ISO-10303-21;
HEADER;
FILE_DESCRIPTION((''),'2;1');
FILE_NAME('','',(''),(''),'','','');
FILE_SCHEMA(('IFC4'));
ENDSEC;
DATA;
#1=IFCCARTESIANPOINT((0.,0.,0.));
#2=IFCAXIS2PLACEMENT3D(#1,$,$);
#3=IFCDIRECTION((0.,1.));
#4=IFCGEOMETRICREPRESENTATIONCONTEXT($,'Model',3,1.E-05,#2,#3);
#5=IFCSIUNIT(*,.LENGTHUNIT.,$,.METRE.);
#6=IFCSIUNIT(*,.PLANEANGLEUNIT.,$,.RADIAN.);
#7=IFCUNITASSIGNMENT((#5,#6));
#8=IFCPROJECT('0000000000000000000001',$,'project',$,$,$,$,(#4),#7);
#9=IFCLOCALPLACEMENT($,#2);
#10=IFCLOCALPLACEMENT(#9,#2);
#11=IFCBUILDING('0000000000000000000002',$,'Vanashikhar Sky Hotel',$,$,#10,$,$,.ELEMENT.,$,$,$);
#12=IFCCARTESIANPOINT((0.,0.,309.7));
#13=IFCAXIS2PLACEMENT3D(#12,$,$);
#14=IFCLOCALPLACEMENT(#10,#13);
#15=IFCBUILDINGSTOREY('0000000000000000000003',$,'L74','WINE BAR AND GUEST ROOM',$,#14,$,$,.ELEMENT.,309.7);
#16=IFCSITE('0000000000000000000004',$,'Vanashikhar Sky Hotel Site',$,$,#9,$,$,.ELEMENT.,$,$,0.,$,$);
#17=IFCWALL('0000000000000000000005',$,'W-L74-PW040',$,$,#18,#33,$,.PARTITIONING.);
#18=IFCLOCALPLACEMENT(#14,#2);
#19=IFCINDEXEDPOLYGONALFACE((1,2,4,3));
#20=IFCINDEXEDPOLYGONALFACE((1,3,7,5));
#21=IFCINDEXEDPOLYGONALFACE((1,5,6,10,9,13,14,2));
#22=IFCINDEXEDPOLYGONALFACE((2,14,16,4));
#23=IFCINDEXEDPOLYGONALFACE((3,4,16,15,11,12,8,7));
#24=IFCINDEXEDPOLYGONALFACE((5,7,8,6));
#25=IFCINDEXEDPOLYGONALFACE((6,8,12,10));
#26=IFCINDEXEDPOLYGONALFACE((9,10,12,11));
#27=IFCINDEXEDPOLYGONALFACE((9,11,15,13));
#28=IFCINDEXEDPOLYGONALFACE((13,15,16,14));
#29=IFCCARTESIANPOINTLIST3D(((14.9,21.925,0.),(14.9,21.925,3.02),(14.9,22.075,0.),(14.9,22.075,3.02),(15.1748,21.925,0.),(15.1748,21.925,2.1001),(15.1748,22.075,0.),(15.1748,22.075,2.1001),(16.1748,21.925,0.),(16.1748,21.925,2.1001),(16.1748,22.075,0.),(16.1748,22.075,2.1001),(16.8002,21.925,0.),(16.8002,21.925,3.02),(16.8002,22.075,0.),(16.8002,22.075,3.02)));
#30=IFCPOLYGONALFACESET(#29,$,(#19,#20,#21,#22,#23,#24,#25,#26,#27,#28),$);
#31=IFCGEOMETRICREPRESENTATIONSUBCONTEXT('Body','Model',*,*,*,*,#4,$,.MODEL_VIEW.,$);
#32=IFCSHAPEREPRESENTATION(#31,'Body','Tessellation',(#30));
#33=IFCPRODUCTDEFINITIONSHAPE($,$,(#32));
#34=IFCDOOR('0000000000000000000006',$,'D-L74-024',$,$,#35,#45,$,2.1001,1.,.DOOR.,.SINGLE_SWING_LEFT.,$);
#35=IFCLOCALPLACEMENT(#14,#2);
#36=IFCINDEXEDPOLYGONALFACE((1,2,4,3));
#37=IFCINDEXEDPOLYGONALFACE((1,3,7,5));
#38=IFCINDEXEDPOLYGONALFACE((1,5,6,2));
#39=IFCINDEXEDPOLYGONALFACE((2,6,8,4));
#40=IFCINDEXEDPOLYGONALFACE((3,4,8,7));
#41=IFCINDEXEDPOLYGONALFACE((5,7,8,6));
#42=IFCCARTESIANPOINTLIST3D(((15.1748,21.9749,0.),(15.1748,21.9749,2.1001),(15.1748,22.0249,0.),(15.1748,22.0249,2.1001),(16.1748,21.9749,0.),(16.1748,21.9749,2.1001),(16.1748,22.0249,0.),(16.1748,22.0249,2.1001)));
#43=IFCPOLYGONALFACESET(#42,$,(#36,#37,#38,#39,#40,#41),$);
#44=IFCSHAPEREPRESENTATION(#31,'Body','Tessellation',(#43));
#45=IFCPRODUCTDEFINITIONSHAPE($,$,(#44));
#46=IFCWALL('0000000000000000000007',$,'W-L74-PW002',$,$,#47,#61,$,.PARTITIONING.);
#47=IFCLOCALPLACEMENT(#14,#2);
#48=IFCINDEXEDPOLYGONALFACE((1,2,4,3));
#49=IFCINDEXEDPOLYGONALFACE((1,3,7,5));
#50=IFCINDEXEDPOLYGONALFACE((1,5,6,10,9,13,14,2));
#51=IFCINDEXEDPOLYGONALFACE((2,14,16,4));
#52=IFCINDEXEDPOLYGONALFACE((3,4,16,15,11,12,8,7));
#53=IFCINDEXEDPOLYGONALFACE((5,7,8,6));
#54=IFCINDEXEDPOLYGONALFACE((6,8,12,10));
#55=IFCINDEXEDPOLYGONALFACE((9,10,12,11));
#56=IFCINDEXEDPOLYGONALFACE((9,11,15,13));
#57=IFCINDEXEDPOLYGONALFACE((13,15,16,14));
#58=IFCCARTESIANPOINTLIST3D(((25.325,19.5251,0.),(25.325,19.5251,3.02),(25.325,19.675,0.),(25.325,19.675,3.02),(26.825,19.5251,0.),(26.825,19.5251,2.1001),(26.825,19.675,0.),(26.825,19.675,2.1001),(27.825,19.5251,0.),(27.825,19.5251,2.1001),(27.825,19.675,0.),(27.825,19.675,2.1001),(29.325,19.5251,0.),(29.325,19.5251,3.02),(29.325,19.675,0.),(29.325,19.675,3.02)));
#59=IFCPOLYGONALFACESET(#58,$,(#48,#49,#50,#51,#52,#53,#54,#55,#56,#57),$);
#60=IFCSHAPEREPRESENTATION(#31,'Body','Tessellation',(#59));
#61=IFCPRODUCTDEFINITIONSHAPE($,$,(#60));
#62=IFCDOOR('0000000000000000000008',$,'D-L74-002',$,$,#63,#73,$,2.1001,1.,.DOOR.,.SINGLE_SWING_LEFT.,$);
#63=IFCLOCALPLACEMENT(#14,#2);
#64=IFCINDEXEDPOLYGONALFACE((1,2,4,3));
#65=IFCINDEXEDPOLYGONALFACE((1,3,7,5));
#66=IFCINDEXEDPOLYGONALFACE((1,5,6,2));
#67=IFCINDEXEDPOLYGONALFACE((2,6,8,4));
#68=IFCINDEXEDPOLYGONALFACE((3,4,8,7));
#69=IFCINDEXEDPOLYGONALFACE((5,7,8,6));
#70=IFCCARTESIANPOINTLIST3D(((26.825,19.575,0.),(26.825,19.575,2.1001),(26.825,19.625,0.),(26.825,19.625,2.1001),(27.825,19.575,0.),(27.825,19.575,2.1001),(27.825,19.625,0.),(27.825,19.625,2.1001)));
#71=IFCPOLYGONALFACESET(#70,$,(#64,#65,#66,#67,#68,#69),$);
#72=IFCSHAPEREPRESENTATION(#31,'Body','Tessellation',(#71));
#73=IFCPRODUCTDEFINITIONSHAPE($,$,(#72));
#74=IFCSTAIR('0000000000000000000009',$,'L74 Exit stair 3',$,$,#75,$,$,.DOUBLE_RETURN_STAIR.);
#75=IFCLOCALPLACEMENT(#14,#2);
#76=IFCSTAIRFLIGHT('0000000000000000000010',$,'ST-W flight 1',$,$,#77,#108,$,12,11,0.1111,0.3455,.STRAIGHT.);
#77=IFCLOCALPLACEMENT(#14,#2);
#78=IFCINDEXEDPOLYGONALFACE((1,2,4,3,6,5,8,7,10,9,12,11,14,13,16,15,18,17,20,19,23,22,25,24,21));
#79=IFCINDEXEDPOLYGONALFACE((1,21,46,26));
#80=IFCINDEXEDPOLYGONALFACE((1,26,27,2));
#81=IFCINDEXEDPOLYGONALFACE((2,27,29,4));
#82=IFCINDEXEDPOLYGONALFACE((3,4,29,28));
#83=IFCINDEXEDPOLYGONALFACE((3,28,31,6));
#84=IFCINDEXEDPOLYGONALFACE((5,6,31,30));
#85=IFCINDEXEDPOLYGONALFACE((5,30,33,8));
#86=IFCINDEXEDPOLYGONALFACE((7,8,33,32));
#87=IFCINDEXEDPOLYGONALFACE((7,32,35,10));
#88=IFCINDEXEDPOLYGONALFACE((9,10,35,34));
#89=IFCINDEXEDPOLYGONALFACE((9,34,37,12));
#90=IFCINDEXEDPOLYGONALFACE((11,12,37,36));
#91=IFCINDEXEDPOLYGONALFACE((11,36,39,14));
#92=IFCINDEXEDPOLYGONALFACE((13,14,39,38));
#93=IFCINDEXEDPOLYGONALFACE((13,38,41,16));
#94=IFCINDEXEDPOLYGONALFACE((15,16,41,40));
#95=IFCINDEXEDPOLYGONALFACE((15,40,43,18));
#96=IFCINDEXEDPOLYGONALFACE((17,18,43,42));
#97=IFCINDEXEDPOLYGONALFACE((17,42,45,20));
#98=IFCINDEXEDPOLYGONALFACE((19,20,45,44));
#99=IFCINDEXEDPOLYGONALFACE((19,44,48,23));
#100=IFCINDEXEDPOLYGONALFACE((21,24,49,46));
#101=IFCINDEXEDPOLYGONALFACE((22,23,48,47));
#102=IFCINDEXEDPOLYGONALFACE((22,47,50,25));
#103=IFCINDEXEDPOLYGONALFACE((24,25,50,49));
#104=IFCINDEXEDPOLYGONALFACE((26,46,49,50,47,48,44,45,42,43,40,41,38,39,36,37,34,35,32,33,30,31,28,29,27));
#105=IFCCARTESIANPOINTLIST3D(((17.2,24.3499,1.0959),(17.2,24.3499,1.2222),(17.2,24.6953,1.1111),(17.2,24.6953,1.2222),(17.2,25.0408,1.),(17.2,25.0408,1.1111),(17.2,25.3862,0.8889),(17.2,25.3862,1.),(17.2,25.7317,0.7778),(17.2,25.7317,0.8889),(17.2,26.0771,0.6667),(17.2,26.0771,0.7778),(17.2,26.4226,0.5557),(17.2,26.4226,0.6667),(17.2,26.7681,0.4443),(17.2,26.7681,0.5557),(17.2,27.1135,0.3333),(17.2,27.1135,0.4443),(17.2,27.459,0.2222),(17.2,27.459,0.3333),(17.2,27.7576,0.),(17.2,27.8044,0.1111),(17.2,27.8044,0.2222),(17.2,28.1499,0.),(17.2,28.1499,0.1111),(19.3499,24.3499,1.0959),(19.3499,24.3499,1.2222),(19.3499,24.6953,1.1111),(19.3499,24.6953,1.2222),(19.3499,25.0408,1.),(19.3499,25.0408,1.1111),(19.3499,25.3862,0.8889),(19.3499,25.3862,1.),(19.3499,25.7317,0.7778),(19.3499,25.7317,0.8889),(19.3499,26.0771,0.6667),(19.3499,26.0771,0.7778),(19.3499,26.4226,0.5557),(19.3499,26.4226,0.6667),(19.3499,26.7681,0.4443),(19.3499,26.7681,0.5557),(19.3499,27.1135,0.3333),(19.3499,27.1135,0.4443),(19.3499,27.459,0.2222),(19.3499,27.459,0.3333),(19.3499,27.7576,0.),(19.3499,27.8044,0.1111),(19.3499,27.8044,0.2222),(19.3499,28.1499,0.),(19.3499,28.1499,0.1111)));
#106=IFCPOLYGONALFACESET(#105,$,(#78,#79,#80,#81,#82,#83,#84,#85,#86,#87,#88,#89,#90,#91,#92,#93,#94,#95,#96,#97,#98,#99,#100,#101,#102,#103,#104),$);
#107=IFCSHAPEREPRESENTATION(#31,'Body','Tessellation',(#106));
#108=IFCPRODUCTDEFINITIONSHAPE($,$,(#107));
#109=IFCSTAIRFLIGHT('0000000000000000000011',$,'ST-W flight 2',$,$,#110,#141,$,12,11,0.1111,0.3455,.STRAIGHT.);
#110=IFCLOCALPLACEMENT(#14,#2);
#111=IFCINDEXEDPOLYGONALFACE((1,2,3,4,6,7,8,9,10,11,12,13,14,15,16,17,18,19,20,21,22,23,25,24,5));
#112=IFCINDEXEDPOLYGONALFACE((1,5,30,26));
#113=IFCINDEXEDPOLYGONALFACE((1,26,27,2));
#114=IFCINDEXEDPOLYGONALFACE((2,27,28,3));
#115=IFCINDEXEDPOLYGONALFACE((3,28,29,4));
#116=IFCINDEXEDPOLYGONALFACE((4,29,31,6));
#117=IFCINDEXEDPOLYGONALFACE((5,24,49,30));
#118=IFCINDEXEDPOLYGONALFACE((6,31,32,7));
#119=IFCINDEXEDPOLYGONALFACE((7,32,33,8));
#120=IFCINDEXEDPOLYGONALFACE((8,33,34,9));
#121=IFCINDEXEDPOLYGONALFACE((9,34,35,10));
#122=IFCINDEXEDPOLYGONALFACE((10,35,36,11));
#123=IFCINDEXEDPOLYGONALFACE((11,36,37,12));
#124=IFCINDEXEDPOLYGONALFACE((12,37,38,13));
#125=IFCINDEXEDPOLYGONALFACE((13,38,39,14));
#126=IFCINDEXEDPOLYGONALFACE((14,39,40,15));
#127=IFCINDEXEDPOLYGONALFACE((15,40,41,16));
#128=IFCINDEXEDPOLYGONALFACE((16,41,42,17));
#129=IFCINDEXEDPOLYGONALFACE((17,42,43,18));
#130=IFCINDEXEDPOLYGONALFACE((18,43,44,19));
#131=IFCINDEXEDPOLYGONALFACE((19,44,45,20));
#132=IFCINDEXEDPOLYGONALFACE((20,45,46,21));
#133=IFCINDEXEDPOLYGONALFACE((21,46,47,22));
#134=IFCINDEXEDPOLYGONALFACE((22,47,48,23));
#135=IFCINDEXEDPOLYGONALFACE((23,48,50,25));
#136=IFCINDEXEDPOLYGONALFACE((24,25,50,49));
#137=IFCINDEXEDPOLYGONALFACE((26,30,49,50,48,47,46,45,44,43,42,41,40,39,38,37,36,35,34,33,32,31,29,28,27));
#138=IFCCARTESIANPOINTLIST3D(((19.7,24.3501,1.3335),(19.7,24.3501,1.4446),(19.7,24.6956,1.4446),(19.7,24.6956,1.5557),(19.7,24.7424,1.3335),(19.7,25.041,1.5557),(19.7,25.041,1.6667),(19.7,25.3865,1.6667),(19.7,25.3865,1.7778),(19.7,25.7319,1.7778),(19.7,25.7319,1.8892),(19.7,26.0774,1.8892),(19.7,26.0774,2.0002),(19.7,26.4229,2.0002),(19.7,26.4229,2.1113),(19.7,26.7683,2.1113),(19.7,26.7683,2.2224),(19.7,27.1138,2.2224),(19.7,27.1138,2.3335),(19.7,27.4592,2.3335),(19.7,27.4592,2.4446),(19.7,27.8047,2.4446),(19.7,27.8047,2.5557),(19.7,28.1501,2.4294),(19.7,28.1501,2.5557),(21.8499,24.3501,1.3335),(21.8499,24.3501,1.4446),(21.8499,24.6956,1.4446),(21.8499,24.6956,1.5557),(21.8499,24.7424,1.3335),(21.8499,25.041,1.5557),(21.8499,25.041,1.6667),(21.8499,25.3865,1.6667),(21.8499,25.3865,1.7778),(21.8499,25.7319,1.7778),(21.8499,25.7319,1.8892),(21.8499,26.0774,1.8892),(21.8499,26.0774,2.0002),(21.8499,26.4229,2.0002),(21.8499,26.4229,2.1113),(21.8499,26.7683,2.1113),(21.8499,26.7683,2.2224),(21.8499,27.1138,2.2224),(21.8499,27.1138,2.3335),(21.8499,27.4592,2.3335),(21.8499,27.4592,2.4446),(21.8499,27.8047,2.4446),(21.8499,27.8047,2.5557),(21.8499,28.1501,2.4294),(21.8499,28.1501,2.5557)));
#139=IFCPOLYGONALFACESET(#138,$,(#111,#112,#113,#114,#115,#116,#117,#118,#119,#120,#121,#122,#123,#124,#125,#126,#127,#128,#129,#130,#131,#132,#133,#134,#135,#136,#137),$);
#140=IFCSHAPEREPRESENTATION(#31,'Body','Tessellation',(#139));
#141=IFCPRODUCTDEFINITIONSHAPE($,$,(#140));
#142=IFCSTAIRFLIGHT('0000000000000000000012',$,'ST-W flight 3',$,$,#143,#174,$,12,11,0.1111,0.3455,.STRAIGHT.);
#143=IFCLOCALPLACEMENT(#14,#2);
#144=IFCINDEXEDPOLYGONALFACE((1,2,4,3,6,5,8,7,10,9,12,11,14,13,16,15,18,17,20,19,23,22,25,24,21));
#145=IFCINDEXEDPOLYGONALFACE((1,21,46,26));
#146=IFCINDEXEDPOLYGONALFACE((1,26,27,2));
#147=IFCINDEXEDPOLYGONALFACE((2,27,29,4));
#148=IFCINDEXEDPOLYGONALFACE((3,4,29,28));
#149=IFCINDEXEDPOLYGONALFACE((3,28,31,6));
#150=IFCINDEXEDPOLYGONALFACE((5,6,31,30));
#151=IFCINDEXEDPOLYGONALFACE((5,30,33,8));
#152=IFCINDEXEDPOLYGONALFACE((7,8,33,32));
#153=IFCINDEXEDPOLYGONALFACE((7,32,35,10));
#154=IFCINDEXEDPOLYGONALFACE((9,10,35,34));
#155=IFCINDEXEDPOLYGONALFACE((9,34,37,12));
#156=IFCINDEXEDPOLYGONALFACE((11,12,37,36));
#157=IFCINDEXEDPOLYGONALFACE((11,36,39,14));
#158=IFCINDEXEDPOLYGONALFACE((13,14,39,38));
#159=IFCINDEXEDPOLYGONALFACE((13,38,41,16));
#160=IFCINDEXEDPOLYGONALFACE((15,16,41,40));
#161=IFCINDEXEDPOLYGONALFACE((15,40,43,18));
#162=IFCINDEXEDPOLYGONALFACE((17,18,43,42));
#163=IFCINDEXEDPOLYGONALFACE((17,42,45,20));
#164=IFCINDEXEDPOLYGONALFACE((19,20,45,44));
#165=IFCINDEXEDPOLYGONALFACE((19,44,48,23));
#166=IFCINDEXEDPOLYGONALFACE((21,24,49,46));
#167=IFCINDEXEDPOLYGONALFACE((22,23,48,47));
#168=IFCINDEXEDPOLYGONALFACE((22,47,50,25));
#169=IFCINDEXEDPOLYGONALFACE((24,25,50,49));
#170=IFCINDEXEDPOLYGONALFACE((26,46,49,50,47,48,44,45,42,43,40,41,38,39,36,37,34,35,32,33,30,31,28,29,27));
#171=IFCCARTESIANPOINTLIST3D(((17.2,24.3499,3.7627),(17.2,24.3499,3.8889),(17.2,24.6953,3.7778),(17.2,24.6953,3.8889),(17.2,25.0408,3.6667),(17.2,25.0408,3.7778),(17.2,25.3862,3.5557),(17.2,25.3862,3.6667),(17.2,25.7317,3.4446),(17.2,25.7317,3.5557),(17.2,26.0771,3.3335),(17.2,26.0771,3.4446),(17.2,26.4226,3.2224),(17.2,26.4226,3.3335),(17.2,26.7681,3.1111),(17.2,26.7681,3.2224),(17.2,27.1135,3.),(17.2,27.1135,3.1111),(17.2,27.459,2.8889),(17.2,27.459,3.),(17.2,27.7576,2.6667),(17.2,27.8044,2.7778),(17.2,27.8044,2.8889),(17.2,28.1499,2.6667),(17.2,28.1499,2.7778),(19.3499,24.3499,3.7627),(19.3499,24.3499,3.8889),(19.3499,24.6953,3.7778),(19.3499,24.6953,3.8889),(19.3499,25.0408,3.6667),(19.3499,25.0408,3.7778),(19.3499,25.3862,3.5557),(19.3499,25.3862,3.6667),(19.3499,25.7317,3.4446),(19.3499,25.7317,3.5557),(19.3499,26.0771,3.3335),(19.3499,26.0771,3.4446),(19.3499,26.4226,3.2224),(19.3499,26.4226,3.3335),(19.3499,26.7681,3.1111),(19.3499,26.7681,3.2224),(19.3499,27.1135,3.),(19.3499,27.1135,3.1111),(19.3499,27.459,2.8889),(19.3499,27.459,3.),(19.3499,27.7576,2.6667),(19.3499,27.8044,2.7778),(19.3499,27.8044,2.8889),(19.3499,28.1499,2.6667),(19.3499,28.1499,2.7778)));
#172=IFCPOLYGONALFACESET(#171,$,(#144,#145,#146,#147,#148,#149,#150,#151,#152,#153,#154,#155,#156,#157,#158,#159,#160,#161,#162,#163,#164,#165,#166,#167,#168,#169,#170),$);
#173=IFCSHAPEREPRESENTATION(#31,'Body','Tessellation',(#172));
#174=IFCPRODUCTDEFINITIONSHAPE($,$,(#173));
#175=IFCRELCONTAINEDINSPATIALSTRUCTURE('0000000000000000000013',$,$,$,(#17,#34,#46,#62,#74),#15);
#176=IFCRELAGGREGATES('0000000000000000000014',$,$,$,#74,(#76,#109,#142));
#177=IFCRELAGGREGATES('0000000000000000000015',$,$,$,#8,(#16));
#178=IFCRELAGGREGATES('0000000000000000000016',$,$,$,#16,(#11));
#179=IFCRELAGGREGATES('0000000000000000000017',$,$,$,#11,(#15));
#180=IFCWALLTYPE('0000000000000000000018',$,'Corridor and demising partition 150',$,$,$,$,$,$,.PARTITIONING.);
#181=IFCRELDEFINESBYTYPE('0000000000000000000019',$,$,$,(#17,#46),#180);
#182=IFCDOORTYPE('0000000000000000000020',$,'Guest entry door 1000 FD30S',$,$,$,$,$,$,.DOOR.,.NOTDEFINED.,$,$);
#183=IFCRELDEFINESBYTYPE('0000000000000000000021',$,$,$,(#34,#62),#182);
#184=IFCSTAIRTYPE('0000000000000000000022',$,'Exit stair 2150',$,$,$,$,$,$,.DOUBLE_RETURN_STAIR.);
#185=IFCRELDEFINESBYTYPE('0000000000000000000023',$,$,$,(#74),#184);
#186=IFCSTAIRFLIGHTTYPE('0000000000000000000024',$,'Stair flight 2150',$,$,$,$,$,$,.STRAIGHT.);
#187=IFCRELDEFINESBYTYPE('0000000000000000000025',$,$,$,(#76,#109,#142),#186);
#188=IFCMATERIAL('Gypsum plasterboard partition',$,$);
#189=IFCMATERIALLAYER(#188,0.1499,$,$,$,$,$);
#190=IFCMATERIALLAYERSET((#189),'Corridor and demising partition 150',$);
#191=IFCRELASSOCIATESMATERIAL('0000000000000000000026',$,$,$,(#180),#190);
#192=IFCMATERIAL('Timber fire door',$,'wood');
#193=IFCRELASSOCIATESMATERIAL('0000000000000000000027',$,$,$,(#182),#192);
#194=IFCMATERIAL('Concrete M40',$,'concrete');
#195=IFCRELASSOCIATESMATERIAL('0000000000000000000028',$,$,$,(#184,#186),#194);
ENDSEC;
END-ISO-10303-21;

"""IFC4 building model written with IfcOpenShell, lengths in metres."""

from ifc_helpers import new_model, si_unit, direction, frame, frame_2d, origin, place, context, subcontext, project, spatial, polyline, rectangle, outline, extrude, source, transform, mapped, material, layer, layer_set, type_object, element, fill, aggregate, save


model = new_model("IFC4")

# Units and contexts
model_context = context("Model", 3, precision=1e-05, world=origin(), true_north=direction((0.0, 1.0)))
body_context = subcontext(model_context, "Body", "Model", "MODEL_VIEW")
ifc_project = project(units=[si_unit("LENGTHUNIT", "METRE"), si_unit("PLANEANGLEUNIT", "RADIAN")], contexts=[model_context])

# Site, building, storey
site_placement = place(None, origin())
site = spatial("IfcSite", under=ifc_project, at=site_placement, Name="Vanashikhar Sky Hotel Site", CompositionType="ELEMENT", RefElevation=0.0)
building_placement = place(site_placement, origin())
building = spatial("IfcBuilding", under=site, at=building_placement, Name="Vanashikhar Sky Hotel", CompositionType="ELEMENT")
storey_placement = place(building_placement, frame((0.0, 0.0, 309.7)))
storey = spatial("IfcBuildingStorey", under=building, at=storey_placement, Name="L74", Description="WINE BAR AND GUEST ROOM", CompositionType="ELEMENT", Elevation=309.7)

# Walls, openings, doors
ifc_material_1 = material(Name="Gypsum plasterboard partition")
ifc_layer_1 = layer(ifc_material_1, 0.1499)
ifc_layer_set_1 = layer_set([ifc_layer_1], Name="Corridor and demising partition 150")
wall_type_1 = type_object("IfcWallType", Name="Corridor and demising partition 150", PredefinedType="PARTITIONING", material=ifc_layer_set_1)
ifc_material_2 = material(Name="Timber fire door", Category="wood")
shared_shape_1 = source(origin(), body_context, "Body", "SweptSolid", [
    extrude(rectangle(XDim=1.9001, YDim=0.1499, at=frame_2d((0.9502, 0.0))), origin(), (0.0, 0.0, 1.0), 3.02),
])
wall_1_placement = place(storey_placement, frame((14.8999, 22.0, 0.0), z_axis=(0.0, 0.0, 1.0), x_axis=(1.0, 0.0, 0.0)))
wall_1 = element("IfcWall", 1, at=wall_1_placement, inside=storey, type_object=wall_type_1, Name="W-L74-PW040", PredefinedType="PARTITIONING", context=body_context, shape_type="MappedRepresentation", body=[
    mapped(shared_shape_1, transform((0.0, 0.0, 0.0), scale=1.0)),
])
shared_shape_2 = source(origin(), body_context, "Body", "SweptSolid", [
    extrude(rectangle(XDim=1.0, YDim=2.1001, at=frame_2d((0.5, 1.05))), frame((0.0, 0.085, 0.0), z_axis=(0.0, -1.0, 0.0), x_axis=(1.0, 0.0, 0.0)), (0.0, 0.0, 1.0), 0.1699),
])
opening_1_placement = place(wall_1_placement, frame((0.2749, 0.0, 0.0)))
opening_1 = element("IfcOpeningElement", 2, at=opening_1_placement, cuts=wall_1, PredefinedType="OPENING", context=body_context, shape_type="MappedRepresentation", body=[
    mapped(shared_shape_2, transform((0.0, 0.0, 0.0), scale=1.0)),
])
door_type_1 = type_object("IfcDoorType", Name="Guest entry door 1000 FD30S", OperationType="NOTDEFINED", PredefinedType="DOOR", material=ifc_material_2)
shared_shape_3 = source(origin(), body_context, "Body", "SweptSolid", [
    extrude(rectangle(XDim=1.0, YDim=2.1001, at=frame_2d((0.5, 1.05))), frame((0.0, 0.0249, 0.0), z_axis=(0.0, -1.0, 0.0), x_axis=(1.0, 0.0, 0.0)), (0.0, 0.0, 1.0), 0.05),
])
door_1_placement = place(opening_1_placement, origin())
door_1 = element("IfcDoor", 3, at=door_1_placement, inside=storey, type_object=door_type_1, Name="D-L74-024", OperationType="SINGLE_SWING_LEFT", OverallHeight=2.1001, OverallWidth=1.0, PredefinedType="DOOR", context=body_context, shape_type="MappedRepresentation", body=[
    mapped(shared_shape_3, transform((0.0, 0.0, 0.0), scale=1.0)),
])
fill(opening_1, door_1)
shared_shape_4 = source(origin(), body_context, "Body", "SweptSolid", [
    extrude(rectangle(XDim=4.0, YDim=0.1499, at=frame_2d((2.0, 0.0))), origin(), (0.0, 0.0, 1.0), 3.02),
])
wall_2_placement = place(storey_placement, frame((25.325, 19.6001, 0.0), z_axis=(0.0, 0.0, 1.0), x_axis=(1.0, 0.0, 0.0)))
wall_2 = element("IfcWall", 4, at=wall_2_placement, inside=storey, type_object=wall_type_1, Name="W-L74-PW002", PredefinedType="PARTITIONING", context=body_context, shape_type="MappedRepresentation", body=[
    mapped(shared_shape_4, transform((0.0, 0.0, 0.0), scale=1.0)),
])
opening_2_placement = place(wall_2_placement, frame((1.5, 0.0, 0.0)))
opening_2 = element("IfcOpeningElement", 5, at=opening_2_placement, cuts=wall_2, PredefinedType="OPENING", context=body_context, shape_type="MappedRepresentation", body=[
    mapped(shared_shape_2, transform((0.0, 0.0, 0.0), scale=1.0)),
])
door_2_placement = place(opening_2_placement, origin())
door_2 = element("IfcDoor", 6, at=door_2_placement, inside=storey, type_object=door_type_1, Name="D-L74-002", OperationType="SINGLE_SWING_LEFT", OverallHeight=2.1001, OverallWidth=1.0, PredefinedType="DOOR", context=body_context, shape_type="MappedRepresentation", body=[
    mapped(shared_shape_3, transform((0.0, 0.0, 0.0), scale=1.0)),
])
fill(opening_2, door_2)

# Stair, stair flights
ifc_material_3 = material(Name="Concrete M40", Category="concrete")
stair_type = type_object("IfcStairType", Name="Exit stair 2150", PredefinedType="DOUBLE_RETURN_STAIR", material=ifc_material_3)
stair_placement = place(storey_placement, origin())
stair = element("IfcStair", 7, at=stair_placement, inside=storey, type_object=stair_type, Name="L74 Exit stair 3", PredefinedType="DOUBLE_RETURN_STAIR")
stair_flight_type = type_object("IfcStairFlightType", Name="Stair flight 2150", PredefinedType="STRAIGHT", material=ifc_material_3)
shared_shape_5 = source(origin(), body_context, "Body", "SweptSolid", [
    extrude(outline(polyline([(0.0, 0.0), (0.0, 0.1111), (0.3455, 0.1111), (0.3455, 0.2222), (0.6909, 0.2222), (0.6909, 0.3333), (1.0364, 0.3333), (1.0364, 0.4443), (1.3818, 0.4443), (1.3818, 0.5557), (1.7273, 0.5557), (1.7273, 0.6667), (2.0728, 0.6667), (2.0728, 0.7778), (2.4182, 0.7778), (2.4182, 0.8889), (2.7637, 0.8889), (2.7637, 1.0), (3.1091, 1.0), (3.1091, 1.1111), (3.4546, 1.1111), (3.4546, 1.2222), (3.8, 1.2222), (3.8, 1.3333), (3.8, 1.0959), (0.3923, 0.0), (0.0, 0.0)])), frame((0.0, 1.075, 0.0), z_axis=(0.0, -1.0, 0.0), x_axis=(1.0, 0.0, 0.0)), (0.0, 0.0, 1.0), 2.1499),
])
stair_flight_1_placement = place(storey_placement, frame((18.2749, 28.1499, 0.0), z_axis=(0.0, 0.0, 1.0), x_axis=(0.0, -1.0, 0.0)))
stair_flight_1 = element("IfcStairFlight", 8, at=stair_flight_1_placement, type_object=stair_flight_type, Name="ST-W flight 1", NumberOfRisers=12, NumberOfTreads=11, PredefinedType="STRAIGHT", RiserHeight=0.1111, TreadLength=0.3455, context=body_context, shape_type="MappedRepresentation", body=[
    mapped(shared_shape_5, transform((0.0, 0.0, 0.0), scale=1.0)),
])
stair_flight_2_placement = place(storey_placement, frame((20.7749, 24.3501, 1.3335), z_axis=(0.0, 0.0, 1.0), x_axis=(0.0, 1.0, 0.0)))
stair_flight_2 = element("IfcStairFlight", 9, at=stair_flight_2_placement, type_object=stair_flight_type, Name="ST-W flight 2", NumberOfRisers=12, NumberOfTreads=11, PredefinedType="STRAIGHT", RiserHeight=0.1111, TreadLength=0.3455, context=body_context, shape_type="MappedRepresentation", body=[
    mapped(shared_shape_5, transform((0.0, 0.0, 0.0), scale=1.0)),
])
stair_flight_3_placement = place(storey_placement, frame((18.2749, 28.1499, 2.6667), z_axis=(0.0, 0.0, 1.0), x_axis=(0.0, -1.0, 0.0)))
stair_flight_3 = element("IfcStairFlight", 10, at=stair_flight_3_placement, type_object=stair_flight_type, Name="ST-W flight 3", NumberOfRisers=12, NumberOfTreads=11, PredefinedType="STRAIGHT", RiserHeight=0.1111, TreadLength=0.3455, context=body_context, shape_type="MappedRepresentation", body=[
    mapped(shared_shape_5, transform((0.0, 0.0, 0.0), scale=1.0)),
])
aggregate(stair, [stair_flight_1, stair_flight_2, stair_flight_3])

save(model, "model.ifc")
